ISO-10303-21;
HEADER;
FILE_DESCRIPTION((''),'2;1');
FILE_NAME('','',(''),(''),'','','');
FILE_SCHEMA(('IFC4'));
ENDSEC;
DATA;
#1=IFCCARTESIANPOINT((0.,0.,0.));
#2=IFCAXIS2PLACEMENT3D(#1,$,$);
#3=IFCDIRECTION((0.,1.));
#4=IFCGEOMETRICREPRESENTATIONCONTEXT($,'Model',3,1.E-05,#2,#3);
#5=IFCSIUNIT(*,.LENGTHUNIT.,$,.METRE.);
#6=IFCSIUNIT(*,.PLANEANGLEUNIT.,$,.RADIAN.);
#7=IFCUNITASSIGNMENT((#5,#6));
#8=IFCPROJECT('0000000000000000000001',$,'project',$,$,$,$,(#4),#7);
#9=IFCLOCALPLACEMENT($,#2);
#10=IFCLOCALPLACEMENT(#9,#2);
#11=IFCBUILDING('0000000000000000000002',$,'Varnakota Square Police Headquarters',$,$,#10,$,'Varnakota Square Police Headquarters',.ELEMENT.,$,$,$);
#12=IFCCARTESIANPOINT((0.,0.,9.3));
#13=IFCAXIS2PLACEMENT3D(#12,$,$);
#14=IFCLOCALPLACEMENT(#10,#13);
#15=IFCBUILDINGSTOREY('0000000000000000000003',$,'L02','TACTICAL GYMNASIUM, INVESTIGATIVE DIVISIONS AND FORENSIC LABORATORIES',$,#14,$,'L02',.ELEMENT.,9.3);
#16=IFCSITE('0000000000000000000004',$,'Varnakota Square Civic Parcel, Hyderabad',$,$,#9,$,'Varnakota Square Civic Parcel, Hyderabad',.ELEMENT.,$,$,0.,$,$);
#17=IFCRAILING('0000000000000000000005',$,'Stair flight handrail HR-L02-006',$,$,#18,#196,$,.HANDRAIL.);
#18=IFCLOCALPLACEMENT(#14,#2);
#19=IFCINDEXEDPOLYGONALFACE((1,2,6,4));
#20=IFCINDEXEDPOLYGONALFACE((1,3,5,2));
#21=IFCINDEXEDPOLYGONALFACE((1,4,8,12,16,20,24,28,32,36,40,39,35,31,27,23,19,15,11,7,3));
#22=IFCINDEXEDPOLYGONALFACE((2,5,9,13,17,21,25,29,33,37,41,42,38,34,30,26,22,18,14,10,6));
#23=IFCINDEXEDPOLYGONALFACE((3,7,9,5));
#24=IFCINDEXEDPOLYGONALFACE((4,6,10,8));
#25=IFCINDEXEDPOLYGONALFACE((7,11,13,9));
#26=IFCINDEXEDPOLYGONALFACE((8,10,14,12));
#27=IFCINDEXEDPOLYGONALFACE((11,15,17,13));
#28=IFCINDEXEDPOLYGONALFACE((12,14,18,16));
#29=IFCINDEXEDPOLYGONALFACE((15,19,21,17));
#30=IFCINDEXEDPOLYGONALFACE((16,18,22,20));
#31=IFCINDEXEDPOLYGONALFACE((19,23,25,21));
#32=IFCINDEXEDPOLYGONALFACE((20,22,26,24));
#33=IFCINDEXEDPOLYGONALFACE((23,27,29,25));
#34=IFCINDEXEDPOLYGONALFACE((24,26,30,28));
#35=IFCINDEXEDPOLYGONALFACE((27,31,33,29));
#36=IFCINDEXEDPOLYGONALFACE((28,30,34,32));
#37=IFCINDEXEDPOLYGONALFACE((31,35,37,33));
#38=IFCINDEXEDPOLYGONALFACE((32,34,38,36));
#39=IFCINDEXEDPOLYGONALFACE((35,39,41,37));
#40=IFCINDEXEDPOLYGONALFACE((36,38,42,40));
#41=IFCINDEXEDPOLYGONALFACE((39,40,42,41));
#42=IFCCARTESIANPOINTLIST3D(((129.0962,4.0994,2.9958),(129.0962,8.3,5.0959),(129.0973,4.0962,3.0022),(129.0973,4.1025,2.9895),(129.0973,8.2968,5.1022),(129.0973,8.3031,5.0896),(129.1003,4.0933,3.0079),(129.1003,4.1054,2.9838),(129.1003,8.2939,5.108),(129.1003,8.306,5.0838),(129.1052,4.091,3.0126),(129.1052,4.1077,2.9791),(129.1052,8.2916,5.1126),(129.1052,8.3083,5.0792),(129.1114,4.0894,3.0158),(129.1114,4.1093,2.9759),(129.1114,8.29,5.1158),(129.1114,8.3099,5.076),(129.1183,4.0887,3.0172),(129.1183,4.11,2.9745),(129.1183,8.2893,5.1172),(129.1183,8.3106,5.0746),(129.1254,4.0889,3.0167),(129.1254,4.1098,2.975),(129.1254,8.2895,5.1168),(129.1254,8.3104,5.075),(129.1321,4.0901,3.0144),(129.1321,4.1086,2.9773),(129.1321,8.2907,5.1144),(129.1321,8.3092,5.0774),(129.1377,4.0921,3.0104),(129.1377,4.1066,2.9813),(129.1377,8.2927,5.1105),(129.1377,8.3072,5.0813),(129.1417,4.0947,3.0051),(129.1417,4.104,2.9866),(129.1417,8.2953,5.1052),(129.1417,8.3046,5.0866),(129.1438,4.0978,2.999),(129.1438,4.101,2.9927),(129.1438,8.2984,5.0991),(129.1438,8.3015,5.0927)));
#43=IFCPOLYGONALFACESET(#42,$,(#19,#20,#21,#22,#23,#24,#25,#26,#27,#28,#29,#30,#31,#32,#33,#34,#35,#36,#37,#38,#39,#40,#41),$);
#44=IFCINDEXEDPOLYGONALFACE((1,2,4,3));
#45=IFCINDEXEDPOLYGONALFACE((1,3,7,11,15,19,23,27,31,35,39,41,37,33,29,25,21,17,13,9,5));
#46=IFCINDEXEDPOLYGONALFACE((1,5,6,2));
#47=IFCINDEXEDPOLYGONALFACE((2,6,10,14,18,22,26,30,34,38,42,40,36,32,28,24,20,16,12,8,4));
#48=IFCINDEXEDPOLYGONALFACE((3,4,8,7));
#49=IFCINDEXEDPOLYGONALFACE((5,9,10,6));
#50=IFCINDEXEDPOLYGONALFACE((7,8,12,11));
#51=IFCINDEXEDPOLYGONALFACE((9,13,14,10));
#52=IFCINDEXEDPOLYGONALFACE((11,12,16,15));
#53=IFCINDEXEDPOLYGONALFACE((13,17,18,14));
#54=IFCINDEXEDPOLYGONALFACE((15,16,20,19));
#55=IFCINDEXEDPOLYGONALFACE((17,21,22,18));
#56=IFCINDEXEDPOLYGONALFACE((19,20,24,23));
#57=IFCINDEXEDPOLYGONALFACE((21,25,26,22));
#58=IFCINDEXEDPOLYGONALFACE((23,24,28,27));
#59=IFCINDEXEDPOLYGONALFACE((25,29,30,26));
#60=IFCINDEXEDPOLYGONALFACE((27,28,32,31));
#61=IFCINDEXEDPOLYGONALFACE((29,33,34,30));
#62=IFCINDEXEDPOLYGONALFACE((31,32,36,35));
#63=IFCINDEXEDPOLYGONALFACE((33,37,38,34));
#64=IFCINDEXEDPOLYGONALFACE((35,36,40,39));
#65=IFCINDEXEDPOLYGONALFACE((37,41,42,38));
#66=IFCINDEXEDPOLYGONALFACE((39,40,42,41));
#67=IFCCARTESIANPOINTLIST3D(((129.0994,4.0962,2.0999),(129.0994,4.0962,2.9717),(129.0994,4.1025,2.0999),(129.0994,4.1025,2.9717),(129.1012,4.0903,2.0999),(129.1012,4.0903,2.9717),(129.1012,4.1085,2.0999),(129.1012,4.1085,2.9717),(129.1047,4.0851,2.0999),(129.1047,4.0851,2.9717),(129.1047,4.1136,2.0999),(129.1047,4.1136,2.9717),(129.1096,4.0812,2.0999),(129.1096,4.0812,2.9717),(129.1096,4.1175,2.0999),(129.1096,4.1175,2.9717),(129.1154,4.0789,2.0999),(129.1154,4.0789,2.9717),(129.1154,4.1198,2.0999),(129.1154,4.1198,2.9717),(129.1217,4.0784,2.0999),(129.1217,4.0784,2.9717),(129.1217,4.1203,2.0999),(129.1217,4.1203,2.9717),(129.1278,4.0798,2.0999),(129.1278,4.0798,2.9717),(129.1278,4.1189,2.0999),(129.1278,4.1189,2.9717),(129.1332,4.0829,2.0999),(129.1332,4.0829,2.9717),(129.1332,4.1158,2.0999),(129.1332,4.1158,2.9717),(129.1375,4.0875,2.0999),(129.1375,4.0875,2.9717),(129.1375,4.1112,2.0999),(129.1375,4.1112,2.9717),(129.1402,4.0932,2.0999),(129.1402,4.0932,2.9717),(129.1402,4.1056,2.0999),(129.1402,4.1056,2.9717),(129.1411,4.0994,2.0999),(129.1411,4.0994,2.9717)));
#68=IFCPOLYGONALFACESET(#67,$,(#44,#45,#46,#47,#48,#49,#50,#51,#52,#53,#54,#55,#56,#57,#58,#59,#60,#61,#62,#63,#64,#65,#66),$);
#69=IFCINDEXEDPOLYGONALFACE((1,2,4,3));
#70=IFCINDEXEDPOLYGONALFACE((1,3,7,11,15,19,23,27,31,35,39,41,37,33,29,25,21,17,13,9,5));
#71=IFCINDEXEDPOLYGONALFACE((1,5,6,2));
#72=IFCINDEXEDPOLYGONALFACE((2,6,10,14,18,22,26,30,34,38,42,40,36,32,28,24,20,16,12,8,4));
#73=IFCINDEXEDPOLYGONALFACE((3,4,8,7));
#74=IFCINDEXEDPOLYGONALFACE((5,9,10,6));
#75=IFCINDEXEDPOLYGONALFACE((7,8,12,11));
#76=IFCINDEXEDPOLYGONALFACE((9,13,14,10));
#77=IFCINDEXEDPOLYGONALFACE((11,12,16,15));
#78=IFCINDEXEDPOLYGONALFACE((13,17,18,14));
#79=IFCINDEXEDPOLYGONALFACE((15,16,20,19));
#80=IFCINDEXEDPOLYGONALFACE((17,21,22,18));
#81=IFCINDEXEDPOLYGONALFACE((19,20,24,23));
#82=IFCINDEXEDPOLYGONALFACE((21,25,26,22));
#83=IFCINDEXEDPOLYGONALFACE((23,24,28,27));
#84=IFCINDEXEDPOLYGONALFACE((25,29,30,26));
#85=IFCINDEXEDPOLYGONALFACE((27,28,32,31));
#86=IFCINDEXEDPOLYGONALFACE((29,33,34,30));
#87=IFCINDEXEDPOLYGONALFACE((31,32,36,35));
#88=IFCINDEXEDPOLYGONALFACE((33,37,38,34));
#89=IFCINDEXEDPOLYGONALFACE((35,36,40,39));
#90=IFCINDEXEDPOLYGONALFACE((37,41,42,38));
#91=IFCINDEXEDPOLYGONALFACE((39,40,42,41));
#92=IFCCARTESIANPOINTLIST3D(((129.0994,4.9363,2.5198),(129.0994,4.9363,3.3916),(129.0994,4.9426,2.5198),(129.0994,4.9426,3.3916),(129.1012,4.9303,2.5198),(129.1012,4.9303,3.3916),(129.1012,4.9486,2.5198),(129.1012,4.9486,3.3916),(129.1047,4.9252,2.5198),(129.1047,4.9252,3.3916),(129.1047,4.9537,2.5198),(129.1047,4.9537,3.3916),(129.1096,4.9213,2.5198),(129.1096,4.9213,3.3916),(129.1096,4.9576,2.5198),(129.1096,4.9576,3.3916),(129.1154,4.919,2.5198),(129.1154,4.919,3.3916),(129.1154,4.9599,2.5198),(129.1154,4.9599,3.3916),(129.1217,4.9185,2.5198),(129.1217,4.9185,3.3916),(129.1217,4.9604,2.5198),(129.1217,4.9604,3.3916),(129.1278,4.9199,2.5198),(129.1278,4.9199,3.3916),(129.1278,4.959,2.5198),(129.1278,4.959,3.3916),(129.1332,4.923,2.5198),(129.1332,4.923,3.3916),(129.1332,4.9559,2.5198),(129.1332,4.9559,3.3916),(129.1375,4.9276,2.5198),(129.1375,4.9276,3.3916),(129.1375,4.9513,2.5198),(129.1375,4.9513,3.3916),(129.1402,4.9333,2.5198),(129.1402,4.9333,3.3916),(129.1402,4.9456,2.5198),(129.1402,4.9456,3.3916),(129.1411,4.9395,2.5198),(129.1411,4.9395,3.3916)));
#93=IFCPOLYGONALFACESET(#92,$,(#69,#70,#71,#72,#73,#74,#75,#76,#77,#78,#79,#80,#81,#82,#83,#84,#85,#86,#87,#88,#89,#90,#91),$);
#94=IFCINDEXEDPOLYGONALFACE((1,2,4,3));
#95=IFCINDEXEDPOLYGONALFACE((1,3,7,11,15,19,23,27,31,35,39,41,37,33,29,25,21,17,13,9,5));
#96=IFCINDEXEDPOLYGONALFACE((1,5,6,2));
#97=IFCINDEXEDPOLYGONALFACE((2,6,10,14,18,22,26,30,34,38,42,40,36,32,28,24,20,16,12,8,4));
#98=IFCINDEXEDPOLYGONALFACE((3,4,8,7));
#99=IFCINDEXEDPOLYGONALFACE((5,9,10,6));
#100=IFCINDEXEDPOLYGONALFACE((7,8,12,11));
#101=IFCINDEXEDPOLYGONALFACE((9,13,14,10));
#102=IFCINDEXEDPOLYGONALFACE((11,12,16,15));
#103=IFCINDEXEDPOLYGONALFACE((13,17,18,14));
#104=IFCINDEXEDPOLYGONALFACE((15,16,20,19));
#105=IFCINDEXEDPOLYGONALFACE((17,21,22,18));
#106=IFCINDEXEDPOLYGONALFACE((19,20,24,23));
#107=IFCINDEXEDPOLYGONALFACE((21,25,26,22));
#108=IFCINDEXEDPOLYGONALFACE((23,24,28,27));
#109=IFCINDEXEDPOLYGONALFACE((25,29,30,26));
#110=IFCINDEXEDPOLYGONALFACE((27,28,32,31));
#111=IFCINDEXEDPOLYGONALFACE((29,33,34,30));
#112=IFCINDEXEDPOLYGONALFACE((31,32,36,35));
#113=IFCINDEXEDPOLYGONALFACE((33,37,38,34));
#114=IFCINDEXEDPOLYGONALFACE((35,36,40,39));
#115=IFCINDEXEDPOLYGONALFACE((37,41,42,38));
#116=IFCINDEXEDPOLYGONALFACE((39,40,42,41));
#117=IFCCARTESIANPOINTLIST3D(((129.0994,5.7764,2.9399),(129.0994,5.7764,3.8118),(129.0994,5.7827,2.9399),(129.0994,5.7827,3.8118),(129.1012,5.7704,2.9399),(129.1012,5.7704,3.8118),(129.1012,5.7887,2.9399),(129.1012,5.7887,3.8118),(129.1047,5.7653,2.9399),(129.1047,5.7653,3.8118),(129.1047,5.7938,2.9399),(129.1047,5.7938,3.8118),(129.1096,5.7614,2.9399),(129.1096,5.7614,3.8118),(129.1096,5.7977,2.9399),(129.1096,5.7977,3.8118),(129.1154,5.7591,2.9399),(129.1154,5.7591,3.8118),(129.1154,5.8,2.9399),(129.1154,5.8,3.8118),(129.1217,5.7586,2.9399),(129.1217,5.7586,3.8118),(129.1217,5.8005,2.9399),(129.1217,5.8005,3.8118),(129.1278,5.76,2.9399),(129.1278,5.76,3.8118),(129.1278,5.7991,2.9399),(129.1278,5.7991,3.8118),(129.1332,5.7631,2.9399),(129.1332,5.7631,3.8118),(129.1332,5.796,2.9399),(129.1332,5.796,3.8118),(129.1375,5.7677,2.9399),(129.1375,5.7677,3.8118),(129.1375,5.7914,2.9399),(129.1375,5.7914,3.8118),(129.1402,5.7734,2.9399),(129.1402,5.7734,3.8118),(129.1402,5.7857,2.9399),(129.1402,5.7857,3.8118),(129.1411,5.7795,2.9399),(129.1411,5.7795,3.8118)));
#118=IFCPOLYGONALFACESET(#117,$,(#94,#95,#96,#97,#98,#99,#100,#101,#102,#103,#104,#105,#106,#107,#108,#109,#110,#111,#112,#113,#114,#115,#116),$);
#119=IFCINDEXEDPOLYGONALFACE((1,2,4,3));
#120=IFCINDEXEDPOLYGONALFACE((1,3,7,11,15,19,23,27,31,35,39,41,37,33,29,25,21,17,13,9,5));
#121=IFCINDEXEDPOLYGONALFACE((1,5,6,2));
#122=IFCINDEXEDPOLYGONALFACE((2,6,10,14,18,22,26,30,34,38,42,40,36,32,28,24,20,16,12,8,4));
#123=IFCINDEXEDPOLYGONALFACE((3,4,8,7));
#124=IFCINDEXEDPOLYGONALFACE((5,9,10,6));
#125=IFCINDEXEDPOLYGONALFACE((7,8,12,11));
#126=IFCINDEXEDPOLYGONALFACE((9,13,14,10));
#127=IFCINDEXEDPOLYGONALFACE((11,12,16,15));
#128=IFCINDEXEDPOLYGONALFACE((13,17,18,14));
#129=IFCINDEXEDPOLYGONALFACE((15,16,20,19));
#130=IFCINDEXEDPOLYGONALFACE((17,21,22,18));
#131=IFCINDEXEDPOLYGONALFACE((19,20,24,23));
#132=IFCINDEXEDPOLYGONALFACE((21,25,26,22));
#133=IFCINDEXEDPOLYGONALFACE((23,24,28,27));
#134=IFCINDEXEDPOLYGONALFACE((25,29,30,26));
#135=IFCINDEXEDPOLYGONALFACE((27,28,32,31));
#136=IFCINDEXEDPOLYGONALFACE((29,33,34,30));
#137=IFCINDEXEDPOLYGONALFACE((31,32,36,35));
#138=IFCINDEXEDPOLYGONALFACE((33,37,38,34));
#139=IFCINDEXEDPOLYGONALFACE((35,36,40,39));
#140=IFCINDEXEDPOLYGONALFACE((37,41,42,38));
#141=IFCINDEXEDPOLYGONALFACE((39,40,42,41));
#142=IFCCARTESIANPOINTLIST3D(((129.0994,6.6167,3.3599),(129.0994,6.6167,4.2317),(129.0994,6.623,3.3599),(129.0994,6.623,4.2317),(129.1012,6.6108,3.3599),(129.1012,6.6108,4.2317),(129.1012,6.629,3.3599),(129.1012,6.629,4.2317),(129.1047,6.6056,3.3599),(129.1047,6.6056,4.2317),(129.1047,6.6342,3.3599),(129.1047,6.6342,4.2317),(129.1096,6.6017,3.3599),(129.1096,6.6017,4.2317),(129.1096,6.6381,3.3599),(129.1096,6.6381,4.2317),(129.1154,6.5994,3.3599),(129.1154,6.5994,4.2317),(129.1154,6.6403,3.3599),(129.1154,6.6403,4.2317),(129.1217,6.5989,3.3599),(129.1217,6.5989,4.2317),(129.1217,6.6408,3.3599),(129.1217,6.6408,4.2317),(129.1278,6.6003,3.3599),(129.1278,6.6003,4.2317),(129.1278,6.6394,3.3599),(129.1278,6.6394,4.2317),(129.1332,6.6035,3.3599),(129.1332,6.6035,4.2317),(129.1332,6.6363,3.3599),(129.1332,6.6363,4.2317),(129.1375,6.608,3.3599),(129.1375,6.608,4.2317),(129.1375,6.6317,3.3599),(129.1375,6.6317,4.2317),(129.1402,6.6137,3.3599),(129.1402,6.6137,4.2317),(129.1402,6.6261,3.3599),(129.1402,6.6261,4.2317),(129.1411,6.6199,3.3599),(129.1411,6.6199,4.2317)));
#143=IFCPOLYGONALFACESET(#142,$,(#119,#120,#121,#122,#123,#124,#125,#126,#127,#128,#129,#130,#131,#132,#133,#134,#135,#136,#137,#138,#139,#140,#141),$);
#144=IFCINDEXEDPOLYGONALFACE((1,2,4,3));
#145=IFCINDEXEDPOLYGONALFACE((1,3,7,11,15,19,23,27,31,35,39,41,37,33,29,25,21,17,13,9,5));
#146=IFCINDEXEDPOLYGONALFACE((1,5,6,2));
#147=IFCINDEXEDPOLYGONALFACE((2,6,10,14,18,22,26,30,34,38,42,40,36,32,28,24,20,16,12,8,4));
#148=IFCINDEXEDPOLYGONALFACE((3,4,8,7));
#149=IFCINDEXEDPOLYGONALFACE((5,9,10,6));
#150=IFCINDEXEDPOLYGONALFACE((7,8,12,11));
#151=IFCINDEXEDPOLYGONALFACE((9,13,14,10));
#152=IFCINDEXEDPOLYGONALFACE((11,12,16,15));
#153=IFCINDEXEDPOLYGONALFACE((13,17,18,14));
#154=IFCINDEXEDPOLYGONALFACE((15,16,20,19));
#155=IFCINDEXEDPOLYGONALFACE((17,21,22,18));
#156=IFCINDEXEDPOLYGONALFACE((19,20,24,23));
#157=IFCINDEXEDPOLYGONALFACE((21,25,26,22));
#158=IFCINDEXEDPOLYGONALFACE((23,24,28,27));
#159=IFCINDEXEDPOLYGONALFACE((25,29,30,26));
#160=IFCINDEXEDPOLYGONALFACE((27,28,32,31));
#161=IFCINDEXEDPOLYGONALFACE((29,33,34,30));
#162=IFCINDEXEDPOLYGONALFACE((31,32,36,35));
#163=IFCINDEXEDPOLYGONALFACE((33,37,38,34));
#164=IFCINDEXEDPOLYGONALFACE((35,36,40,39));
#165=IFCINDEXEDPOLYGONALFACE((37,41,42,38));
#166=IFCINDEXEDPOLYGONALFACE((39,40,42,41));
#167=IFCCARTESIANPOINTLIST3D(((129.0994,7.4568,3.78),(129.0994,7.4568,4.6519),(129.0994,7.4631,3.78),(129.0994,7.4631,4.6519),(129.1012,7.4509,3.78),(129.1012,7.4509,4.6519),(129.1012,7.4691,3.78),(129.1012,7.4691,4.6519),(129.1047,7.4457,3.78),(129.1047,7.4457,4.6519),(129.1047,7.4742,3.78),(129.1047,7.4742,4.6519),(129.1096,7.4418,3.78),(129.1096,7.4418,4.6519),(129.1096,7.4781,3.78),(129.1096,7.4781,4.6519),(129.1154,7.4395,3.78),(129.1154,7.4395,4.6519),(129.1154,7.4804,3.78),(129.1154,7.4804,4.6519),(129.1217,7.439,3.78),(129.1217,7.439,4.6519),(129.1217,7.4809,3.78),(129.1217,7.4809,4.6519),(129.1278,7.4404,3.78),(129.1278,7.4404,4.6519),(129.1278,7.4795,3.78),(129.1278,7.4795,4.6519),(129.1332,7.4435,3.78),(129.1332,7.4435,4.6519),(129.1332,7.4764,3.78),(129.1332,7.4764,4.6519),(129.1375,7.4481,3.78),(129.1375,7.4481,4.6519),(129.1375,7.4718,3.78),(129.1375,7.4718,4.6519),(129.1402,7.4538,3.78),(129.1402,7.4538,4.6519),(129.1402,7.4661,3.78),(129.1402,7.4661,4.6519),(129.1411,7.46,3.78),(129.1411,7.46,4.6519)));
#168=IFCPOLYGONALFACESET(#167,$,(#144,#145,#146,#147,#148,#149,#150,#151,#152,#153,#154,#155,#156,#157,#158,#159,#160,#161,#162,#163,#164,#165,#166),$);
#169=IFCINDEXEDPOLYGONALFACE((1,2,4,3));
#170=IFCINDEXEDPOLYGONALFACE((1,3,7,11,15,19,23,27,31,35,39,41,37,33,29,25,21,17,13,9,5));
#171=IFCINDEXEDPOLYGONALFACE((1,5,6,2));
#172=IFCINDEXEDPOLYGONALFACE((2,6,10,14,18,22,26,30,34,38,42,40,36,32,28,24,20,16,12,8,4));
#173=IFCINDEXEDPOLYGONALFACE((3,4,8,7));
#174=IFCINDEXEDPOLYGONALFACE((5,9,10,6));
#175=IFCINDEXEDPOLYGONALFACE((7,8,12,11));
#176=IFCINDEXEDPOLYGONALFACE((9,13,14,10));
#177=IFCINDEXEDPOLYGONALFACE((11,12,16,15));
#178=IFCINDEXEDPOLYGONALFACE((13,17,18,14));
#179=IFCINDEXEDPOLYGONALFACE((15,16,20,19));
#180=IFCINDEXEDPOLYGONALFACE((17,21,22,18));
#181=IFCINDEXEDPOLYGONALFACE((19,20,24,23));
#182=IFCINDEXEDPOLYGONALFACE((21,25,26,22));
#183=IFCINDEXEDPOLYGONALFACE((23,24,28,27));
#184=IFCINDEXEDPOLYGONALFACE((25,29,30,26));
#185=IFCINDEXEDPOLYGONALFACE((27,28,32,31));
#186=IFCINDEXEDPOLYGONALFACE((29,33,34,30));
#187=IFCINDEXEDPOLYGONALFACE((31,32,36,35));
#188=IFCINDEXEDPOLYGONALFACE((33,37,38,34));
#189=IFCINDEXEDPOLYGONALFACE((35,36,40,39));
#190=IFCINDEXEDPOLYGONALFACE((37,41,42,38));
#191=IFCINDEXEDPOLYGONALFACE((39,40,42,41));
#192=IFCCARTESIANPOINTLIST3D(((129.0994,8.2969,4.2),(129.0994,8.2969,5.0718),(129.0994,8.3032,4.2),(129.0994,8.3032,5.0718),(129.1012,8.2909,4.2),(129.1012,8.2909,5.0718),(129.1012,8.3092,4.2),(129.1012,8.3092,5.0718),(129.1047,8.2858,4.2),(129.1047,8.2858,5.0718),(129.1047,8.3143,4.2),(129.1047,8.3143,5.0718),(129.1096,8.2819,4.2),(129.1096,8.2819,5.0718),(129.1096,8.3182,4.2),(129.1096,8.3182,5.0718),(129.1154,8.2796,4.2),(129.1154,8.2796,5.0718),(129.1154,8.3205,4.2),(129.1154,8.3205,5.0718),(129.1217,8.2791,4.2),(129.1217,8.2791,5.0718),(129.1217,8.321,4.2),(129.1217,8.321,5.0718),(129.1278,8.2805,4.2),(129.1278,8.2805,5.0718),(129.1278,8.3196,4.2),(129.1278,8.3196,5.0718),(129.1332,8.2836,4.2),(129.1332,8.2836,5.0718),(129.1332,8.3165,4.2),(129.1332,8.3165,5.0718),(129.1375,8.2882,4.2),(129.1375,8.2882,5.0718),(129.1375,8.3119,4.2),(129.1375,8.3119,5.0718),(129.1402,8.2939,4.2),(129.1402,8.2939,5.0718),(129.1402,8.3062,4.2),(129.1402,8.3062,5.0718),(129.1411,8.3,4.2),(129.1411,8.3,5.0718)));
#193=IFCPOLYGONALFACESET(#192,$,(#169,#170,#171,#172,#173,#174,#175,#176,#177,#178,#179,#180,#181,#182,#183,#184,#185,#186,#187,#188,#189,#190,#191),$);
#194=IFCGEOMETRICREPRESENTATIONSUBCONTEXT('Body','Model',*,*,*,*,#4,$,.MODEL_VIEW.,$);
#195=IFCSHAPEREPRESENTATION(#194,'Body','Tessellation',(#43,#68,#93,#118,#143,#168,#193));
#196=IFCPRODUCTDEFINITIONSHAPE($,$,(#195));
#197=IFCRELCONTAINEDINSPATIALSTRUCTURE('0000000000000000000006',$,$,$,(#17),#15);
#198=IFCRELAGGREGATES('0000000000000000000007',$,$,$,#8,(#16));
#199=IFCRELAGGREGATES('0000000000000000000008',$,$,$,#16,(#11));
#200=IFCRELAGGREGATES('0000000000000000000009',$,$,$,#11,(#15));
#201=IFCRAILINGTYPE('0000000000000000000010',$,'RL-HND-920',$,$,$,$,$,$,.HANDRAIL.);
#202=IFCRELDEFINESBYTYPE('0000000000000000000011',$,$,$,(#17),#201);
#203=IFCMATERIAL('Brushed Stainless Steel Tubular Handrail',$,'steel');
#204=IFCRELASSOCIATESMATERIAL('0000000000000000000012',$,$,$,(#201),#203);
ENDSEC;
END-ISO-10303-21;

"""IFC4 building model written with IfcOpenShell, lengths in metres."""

from ifc_helpers import new_model, si_unit, direction, frame, origin, origin_2d, place, context, subcontext, project, spatial, circle, extrude, material, type_object, element, save


model = new_model("IFC4")

# Units and contexts
model_context = context("Model", 3, precision=1e-05, world=origin(), true_north=direction((0.0, 1.0)))
body_context = subcontext(model_context, "Body", "Model", "MODEL_VIEW")
ifc_project = project(units=[si_unit("LENGTHUNIT", "METRE"), si_unit("PLANEANGLEUNIT", "RADIAN")], contexts=[model_context])

# Site, building, storey
site_placement = place(None, origin())
site = spatial("IfcSite", under=ifc_project, at=site_placement, Name="Varnakota Square Civic Parcel, Hyderabad", LongName="Varnakota Square Civic Parcel, Hyderabad", CompositionType="ELEMENT", RefElevation=0.0)
building_placement = place(site_placement, origin())
building = spatial("IfcBuilding", under=site, at=building_placement, Name="Varnakota Square Police Headquarters", LongName="Varnakota Square Police Headquarters", CompositionType="ELEMENT")
storey_placement = place(building_placement, frame((0.0, 0.0, 9.3)))
storey = spatial("IfcBuildingStorey", under=building, at=storey_placement, Name="L02", Description="TACTICAL GYMNASIUM, INVESTIGATIVE DIVISIONS AND FORENSIC LABORATORIES", LongName="L02", CompositionType="ELEMENT", Elevation=9.3)

# Railing
ifc_material_1 = material(Name="Brushed Stainless Steel Tubular Handrail", Category="steel")
railing_type_1 = type_object("IfcRailingType", Name="RL-HND-920", PredefinedType="HANDRAIL", material=ifc_material_1)
railing_1_placement = place(storey_placement, frame((129.1201, 4.0994, 2.0999)))
element("IfcRailing", 1, at=railing_1_placement, inside=storey, type_object=railing_type_1, Name="Stair flight handrail HR-L02-006", PredefinedType="HANDRAIL", context=body_context, shape_type="SweptSolid", body=[
    extrude(circle(Radius=0.0239, at=origin_2d()), frame((0.0, 0.0, 0.896), z_axis=(0.0, 0.894448, 0.447172), x_axis=(-1.0, 0.0, 0.0)), (0.0, 0.0, 1.0), 4.6963),
    extrude(circle(Radius=0.021, at=origin_2d()), origin(), (0.0, 0.0, 1.0), 0.8718),
    extrude(circle(Radius=0.021, at=origin_2d()), frame((0.0, 0.8401, 0.4199)), (0.0, 0.0, 1.0), 0.8718),
    extrude(circle(Radius=0.021, at=origin_2d()), frame((0.0, 1.6802, 0.8401)), (0.0, 0.0, 1.0), 0.8718),
    extrude(circle(Radius=0.021, at=origin_2d()), frame((0.0, 2.5205, 1.26)), (0.0, 0.0, 1.0), 0.8718),
    extrude(circle(Radius=0.021, at=origin_2d()), frame((0.0, 3.3606, 1.6802)), (0.0, 0.0, 1.0), 0.8718),
    extrude(circle(Radius=0.021, at=origin_2d()), frame((0.0, 4.2007, 2.1001)), (0.0, 0.0, 1.0), 0.8718),
])

save(model, "model.ifc")
